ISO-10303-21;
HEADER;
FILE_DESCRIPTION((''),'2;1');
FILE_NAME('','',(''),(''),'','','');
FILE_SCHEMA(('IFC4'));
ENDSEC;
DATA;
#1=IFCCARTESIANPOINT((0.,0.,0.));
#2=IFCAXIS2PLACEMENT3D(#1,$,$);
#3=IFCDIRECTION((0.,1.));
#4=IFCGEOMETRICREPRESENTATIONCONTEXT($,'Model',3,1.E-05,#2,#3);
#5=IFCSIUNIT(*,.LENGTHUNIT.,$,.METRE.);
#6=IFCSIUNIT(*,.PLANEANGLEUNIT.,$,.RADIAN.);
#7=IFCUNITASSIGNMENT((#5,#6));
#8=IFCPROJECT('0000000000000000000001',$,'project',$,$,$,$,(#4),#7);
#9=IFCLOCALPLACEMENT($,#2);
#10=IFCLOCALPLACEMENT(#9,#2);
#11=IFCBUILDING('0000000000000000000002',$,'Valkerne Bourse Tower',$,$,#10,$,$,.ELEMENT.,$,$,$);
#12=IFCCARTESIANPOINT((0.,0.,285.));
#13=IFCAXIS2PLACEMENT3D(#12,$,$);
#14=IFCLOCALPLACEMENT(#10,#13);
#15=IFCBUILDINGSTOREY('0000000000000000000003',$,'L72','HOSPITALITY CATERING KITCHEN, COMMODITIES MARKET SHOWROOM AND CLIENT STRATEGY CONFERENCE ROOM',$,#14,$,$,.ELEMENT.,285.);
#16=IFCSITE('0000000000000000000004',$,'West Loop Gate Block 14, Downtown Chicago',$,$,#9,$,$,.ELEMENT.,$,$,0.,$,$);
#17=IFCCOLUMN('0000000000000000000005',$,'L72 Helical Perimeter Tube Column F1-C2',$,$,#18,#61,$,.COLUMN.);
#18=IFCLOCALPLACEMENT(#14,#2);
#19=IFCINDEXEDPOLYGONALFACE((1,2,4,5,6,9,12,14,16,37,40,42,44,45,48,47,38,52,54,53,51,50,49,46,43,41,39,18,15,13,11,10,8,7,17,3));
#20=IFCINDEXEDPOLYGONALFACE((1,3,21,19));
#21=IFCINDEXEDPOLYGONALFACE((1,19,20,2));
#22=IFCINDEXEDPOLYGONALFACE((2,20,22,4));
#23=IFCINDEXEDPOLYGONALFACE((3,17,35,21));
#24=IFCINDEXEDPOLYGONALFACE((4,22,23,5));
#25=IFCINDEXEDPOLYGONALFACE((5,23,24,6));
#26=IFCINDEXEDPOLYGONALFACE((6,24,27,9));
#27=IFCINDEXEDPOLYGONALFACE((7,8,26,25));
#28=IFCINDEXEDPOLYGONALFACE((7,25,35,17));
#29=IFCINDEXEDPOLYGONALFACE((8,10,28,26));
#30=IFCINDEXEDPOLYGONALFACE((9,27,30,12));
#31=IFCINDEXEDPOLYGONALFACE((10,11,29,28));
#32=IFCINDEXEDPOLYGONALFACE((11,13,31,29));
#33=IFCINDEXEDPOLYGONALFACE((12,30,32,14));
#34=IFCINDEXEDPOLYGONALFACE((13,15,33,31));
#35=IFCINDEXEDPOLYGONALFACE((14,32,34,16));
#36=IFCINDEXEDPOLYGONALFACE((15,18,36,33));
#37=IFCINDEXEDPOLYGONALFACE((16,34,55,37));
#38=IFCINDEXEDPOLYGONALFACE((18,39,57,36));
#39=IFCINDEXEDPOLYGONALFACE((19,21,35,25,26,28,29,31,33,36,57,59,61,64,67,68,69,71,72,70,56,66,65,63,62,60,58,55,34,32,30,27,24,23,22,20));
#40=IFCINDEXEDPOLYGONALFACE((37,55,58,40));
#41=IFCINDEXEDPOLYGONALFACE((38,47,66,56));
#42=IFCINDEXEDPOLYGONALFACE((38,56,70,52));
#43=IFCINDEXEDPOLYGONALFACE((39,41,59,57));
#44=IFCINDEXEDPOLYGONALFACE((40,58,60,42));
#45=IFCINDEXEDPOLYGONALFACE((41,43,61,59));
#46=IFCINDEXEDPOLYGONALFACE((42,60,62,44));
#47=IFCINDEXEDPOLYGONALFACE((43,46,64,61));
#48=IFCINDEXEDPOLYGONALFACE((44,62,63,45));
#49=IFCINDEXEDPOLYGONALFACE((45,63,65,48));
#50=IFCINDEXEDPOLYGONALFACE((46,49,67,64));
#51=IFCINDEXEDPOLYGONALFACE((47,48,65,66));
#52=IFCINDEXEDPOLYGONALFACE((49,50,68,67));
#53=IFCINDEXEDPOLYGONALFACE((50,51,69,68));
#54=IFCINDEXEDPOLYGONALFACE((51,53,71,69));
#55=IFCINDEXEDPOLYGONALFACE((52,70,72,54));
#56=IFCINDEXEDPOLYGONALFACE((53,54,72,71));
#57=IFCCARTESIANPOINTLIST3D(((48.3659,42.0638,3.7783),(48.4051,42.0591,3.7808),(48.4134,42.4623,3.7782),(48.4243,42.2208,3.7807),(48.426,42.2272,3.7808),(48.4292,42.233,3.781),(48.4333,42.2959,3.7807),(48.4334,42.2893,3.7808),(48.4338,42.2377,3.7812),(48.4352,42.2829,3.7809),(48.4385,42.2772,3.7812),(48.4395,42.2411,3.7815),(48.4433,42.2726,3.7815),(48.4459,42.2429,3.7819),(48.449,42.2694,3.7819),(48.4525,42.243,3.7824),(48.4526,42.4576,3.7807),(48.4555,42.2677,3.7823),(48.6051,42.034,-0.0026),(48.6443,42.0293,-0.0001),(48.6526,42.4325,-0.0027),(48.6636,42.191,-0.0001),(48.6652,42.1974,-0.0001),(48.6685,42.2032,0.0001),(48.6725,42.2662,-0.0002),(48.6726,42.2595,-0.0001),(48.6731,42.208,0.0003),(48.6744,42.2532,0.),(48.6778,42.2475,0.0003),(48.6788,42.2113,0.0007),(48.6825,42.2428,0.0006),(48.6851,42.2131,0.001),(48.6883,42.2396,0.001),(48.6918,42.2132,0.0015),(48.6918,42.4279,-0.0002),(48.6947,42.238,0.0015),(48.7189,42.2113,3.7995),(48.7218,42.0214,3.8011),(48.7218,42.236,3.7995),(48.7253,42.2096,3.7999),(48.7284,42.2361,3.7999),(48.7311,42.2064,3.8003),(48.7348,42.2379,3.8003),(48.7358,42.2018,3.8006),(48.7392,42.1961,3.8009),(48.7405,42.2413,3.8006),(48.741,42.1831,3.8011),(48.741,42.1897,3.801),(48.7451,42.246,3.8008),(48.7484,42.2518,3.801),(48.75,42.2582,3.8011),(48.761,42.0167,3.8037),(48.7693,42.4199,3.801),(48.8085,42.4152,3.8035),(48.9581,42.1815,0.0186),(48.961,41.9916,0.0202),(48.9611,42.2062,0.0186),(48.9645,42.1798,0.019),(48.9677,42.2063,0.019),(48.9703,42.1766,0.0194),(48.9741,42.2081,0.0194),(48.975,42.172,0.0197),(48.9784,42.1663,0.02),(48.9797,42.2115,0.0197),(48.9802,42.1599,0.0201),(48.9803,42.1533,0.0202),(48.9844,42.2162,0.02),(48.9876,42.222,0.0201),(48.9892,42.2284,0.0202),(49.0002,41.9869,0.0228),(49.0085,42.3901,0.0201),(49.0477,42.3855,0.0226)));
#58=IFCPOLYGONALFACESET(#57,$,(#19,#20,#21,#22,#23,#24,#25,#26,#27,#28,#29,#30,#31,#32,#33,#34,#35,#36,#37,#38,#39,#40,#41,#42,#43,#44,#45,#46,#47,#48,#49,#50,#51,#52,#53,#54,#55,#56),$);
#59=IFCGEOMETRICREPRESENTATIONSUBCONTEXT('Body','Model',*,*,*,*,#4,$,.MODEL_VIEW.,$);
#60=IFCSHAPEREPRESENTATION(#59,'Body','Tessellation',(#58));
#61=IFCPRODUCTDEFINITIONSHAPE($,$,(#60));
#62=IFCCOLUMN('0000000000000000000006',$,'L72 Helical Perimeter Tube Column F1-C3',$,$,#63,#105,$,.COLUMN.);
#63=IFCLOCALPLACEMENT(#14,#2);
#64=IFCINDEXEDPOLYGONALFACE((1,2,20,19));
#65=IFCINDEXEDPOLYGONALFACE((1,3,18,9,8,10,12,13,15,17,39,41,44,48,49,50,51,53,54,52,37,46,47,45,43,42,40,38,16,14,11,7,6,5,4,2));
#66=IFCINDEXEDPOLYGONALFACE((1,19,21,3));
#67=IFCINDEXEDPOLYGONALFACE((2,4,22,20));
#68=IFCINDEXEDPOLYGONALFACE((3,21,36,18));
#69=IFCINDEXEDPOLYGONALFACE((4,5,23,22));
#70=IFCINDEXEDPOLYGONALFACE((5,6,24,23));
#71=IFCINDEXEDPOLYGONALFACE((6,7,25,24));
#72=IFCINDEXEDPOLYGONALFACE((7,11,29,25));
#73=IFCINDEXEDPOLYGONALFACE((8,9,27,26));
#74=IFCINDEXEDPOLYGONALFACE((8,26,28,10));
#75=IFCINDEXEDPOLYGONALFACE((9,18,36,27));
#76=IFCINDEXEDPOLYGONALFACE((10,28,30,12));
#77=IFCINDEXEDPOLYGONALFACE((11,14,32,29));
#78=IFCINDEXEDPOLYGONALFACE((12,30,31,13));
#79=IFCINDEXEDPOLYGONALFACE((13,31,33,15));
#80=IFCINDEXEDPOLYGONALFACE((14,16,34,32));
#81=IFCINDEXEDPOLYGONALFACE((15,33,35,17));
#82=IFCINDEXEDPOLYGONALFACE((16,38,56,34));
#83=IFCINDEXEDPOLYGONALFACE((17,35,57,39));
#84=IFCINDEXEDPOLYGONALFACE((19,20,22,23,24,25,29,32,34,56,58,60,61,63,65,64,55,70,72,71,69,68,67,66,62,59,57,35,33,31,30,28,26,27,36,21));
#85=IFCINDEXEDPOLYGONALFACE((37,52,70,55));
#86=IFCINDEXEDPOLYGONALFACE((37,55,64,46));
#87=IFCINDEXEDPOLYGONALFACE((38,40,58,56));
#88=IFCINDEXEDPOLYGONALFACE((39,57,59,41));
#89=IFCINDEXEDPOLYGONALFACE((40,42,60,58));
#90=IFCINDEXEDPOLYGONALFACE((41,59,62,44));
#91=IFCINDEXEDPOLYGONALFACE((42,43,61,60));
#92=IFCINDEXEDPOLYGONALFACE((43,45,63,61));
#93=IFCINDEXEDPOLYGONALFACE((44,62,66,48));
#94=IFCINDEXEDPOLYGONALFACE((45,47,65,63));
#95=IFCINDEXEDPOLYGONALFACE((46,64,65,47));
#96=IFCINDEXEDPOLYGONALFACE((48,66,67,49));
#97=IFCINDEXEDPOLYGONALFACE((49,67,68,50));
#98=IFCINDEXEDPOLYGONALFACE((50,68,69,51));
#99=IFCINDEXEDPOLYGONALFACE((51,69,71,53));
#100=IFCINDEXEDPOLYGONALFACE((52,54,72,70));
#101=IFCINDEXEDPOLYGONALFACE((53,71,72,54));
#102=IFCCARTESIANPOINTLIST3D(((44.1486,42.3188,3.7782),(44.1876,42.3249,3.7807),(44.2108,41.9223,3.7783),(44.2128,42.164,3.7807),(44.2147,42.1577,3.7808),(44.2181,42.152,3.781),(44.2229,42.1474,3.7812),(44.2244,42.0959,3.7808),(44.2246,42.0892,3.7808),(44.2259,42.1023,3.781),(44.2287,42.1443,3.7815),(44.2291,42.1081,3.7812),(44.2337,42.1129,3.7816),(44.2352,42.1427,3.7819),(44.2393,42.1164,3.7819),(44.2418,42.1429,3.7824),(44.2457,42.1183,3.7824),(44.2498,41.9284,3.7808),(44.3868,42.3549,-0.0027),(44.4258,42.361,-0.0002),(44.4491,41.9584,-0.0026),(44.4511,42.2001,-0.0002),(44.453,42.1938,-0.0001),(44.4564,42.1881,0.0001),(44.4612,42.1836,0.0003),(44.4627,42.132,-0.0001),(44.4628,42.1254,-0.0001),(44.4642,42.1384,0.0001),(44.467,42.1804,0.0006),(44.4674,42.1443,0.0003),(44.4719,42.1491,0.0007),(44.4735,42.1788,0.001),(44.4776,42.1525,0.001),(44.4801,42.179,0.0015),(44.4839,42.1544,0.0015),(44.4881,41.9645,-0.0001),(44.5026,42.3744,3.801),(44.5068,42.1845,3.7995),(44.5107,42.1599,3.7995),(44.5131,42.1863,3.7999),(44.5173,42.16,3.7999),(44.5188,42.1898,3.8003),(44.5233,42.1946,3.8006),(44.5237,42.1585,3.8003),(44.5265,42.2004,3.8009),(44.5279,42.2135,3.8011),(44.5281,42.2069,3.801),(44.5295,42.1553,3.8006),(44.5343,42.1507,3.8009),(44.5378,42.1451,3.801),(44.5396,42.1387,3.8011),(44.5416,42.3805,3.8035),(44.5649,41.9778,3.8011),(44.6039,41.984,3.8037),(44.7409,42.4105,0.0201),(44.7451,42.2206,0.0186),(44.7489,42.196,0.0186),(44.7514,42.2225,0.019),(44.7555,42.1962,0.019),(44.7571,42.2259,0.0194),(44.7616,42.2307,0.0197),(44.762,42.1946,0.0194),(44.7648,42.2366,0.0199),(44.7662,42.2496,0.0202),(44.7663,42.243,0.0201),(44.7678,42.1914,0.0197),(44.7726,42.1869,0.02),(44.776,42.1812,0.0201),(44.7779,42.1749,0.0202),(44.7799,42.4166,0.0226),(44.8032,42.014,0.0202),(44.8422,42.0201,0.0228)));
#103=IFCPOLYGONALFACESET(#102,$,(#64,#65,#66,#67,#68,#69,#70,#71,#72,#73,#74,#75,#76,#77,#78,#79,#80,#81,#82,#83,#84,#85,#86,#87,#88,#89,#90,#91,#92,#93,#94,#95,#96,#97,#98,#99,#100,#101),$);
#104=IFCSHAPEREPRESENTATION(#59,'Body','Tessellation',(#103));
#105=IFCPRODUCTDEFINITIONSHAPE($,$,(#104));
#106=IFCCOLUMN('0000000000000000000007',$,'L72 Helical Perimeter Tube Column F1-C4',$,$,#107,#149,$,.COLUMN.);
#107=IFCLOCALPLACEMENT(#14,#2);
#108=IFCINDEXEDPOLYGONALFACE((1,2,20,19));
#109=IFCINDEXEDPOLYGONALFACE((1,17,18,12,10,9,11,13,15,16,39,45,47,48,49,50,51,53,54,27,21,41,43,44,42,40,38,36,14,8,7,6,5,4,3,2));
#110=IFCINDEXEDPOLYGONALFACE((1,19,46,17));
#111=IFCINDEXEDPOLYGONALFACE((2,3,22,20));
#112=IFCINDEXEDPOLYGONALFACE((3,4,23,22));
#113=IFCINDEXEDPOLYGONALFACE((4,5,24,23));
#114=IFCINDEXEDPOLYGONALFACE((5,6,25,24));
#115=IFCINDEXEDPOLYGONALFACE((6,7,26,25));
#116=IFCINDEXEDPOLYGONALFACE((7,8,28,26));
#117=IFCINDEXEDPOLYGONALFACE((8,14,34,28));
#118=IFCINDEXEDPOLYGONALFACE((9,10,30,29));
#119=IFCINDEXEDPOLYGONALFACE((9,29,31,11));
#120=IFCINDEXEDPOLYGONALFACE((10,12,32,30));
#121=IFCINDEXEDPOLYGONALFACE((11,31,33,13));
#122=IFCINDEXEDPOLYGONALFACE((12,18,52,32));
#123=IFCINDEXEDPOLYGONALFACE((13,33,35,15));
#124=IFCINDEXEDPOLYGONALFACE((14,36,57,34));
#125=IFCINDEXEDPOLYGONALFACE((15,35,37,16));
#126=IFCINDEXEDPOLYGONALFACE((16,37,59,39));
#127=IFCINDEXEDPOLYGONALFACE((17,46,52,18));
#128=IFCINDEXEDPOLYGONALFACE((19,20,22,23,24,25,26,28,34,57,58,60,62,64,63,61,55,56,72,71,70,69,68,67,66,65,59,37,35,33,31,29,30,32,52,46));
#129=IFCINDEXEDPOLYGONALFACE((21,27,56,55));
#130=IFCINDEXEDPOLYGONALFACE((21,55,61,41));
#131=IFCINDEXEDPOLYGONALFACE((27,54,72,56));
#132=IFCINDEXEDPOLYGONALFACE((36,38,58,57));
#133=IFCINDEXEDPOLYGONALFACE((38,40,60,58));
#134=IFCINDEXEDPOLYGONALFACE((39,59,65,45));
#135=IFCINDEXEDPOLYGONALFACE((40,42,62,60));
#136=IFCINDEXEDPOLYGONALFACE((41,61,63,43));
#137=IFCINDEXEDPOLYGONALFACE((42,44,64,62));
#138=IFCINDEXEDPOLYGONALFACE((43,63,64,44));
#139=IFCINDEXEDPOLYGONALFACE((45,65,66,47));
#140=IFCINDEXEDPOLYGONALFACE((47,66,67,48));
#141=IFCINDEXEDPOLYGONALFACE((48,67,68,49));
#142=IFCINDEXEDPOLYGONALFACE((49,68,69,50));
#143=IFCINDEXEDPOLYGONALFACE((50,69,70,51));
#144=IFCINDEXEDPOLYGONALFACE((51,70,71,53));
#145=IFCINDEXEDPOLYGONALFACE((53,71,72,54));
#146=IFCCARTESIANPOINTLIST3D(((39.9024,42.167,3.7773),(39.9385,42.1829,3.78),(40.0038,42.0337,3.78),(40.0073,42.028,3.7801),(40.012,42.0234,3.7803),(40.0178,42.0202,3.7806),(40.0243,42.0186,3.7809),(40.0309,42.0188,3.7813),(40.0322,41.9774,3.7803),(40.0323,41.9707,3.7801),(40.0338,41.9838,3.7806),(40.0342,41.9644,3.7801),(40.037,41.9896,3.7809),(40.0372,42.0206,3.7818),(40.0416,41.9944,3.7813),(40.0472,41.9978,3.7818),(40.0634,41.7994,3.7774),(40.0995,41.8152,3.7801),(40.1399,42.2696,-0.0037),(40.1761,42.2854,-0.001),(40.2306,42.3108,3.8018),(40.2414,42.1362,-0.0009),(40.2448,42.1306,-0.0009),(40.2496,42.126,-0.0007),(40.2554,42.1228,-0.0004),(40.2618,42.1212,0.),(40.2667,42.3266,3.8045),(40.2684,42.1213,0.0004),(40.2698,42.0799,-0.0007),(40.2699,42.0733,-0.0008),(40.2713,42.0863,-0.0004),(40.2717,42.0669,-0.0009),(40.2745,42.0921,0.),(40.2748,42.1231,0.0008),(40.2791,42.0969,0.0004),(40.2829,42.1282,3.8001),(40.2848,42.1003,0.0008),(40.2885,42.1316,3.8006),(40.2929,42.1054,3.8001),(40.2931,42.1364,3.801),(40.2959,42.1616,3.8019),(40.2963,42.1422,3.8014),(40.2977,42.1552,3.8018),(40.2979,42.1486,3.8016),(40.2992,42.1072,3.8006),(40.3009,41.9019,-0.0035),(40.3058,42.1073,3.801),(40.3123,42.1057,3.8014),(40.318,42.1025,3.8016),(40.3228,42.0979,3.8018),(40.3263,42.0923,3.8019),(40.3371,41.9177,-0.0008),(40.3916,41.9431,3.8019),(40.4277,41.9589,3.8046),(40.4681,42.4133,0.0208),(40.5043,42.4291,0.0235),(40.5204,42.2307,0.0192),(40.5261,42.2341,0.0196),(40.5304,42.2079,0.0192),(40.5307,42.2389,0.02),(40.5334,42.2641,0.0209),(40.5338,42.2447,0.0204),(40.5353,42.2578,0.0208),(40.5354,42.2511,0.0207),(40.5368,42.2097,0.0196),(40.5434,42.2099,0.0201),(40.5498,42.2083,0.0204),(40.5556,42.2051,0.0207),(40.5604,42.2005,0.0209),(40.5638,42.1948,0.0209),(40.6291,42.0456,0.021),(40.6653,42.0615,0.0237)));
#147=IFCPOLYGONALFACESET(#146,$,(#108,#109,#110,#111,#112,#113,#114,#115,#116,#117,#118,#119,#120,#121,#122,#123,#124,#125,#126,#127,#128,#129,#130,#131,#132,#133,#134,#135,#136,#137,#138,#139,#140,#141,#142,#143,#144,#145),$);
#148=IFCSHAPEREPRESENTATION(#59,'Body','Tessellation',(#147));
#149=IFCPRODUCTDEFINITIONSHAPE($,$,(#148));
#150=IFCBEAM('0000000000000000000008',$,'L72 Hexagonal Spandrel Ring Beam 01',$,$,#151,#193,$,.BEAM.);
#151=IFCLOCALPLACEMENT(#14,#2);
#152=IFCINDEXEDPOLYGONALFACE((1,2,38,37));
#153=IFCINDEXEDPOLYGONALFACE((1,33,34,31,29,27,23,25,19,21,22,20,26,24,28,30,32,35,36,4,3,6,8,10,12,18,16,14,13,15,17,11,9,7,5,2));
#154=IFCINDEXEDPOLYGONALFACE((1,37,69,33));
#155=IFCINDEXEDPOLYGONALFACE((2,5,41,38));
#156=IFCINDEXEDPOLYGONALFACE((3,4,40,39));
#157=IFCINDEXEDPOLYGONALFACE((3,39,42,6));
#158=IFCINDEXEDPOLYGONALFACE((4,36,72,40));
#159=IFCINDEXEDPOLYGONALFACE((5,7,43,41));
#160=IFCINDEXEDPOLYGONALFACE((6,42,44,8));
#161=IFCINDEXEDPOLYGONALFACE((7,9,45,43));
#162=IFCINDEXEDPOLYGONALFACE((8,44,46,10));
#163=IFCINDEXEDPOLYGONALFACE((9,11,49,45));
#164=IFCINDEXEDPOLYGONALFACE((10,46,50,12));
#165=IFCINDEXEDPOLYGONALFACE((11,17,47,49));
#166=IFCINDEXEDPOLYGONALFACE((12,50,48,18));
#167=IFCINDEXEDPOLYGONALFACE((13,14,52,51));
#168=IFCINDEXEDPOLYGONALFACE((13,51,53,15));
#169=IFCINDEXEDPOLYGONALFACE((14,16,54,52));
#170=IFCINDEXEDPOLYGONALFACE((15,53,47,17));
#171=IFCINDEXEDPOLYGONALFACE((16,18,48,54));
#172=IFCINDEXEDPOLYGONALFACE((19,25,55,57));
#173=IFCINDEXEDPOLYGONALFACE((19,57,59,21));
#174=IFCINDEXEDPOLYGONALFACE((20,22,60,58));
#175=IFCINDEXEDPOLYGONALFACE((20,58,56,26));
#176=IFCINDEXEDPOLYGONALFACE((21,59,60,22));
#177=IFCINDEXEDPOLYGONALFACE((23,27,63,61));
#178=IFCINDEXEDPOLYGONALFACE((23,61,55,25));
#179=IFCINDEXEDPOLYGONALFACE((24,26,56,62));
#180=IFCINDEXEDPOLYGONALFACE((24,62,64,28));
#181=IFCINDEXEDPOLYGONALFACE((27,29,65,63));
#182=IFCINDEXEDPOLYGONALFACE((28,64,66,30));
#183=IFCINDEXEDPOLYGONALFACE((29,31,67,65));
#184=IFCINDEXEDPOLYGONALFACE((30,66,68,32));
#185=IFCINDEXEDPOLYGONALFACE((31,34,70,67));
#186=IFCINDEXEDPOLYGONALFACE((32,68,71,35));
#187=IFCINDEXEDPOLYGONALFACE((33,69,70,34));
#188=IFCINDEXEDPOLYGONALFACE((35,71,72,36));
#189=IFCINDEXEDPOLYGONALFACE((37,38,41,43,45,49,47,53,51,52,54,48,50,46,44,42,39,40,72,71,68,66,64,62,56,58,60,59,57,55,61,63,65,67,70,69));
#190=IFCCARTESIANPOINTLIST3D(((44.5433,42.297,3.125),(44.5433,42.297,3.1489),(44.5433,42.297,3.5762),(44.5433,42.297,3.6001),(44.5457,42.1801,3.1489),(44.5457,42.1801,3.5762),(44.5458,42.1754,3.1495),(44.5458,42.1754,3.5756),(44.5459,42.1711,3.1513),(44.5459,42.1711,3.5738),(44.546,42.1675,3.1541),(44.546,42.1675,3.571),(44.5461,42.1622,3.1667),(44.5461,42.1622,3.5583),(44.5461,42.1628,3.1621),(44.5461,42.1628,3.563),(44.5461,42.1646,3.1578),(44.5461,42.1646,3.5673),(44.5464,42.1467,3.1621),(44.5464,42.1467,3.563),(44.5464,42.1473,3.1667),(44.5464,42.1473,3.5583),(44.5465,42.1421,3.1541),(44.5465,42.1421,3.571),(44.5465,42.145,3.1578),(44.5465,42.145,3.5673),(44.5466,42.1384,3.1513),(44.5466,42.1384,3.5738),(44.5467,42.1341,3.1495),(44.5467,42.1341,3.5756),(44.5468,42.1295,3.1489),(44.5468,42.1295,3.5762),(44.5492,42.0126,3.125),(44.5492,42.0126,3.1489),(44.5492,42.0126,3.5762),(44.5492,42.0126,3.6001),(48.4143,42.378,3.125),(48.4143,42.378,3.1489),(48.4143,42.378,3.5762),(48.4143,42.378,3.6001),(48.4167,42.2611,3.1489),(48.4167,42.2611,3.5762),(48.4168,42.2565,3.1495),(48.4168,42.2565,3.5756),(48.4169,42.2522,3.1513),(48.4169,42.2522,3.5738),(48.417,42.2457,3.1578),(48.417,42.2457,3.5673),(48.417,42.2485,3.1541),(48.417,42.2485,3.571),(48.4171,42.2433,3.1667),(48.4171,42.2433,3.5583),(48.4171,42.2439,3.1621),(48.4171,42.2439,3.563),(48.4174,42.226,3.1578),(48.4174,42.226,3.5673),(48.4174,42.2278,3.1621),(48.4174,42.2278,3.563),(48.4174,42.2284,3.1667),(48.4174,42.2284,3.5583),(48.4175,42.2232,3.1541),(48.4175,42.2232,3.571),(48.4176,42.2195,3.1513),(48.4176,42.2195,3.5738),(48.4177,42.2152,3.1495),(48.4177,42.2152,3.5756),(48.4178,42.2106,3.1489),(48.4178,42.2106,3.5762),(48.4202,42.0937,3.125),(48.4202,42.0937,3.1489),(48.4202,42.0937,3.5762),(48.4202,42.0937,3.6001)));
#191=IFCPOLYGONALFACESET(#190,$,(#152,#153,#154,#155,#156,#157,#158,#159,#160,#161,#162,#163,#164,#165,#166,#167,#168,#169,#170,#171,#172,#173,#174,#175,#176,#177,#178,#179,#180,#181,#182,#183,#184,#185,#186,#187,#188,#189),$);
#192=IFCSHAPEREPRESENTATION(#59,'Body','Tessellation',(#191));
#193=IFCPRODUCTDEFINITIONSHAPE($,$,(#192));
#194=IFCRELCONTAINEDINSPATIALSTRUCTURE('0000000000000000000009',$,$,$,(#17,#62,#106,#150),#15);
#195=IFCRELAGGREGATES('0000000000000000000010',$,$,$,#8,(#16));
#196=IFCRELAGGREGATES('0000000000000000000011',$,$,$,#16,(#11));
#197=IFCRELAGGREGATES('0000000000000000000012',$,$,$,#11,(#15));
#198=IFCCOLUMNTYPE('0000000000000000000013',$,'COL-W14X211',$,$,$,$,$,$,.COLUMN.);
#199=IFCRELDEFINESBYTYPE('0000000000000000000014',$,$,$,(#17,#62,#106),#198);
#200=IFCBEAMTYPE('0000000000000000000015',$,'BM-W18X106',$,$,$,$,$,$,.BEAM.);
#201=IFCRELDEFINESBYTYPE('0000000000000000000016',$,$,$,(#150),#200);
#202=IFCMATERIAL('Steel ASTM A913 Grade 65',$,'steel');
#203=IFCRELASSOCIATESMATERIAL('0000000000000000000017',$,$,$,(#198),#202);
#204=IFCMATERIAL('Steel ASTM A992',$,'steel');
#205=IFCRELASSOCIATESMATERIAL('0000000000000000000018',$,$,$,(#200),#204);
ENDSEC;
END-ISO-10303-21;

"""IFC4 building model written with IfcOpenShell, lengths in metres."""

from ifc_helpers import new_model, si_unit, direction, frame, origin, origin_2d, place, context, subcontext, project, spatial, i_section, extrude, material, material_profile, profile_set, type_object, element, save


model = new_model("IFC4")

# Units and contexts
model_context = context("Model", 3, precision=1e-05, world=origin(), true_north=direction((0.0, 1.0)))
body_context = subcontext(model_context, "Body", "Model", "MODEL_VIEW")
ifc_project = project(units=[si_unit("LENGTHUNIT", "METRE"), si_unit("PLANEANGLEUNIT", "RADIAN")], contexts=[model_context])

# Site, building, storey
site_placement = place(None, origin())
site = spatial("IfcSite", under=ifc_project, at=site_placement, Name="West Loop Gate Block 14, Downtown Chicago", CompositionType="ELEMENT", RefElevation=0.0)
building_placement = place(site_placement, origin())
building = spatial("IfcBuilding", under=site, at=building_placement, Name="Valkerne Bourse Tower", CompositionType="ELEMENT")
storey_placement = place(building_placement, frame((0.0, 0.0, 285.0)))
storey = spatial("IfcBuildingStorey", under=building, at=storey_placement, Name="L72", Description="HOSPITALITY CATERING KITCHEN, COMMODITIES MARKET SHOWROOM AND CLIENT STRATEGY CONFERENCE ROOM", CompositionType="ELEMENT", Elevation=285.0)

# Columns
ifc_material_1 = material(Name="Steel ASTM A913 Grade 65", Category="steel")
ifc_material_profile_1 = material_profile(ifc_material_1, i_section(OverallWidth=0.4014, OverallDepth=0.3987, WebThickness=0.0249, FlangeThickness=0.0396, FilletRadius=0.0254, at=origin_2d()), Name="W14X211")
ifc_profile_set_1 = profile_set([ifc_material_profile_1], Name="Steel ASTM A913 Grade 65")
column_type = type_object("IfcColumnType", Name="COL-W14X211", PredefinedType="COLUMN", material=ifc_profile_set_1)
for number, where, z_axis, x_axis, name in (
    (1, (48.8264, 42.2097, 0.01), (-0.063151, 0.007862, 0.997973), (0.118349, 0.992972, -0.000333), "L72 Helical Perimeter Tube Column F1-C2"),
    (2, (44.6145, 42.1875, 0.01), (-0.062893, -0.009537, 0.997975), (-0.15509, 0.9879, -0.000333), "L72 Helical Perimeter Tube Column F1-C3"),
):
    element("IfcColumn", number, at=place(storey_placement, frame(where, z_axis=z_axis, x_axis=x_axis)), inside=storey, type_object=column_type, Name=name, PredefinedType="COLUMN", context=body_context, shape_type="SweptSolid", body=[
        extrude(i_section(OverallWidth=0.4014, OverallDepth=0.3987, WebThickness=0.0249, FlangeThickness=0.0396, FilletRadius=0.0254, at=origin_2d()), origin(), (0.0, 0.0, 1.0), 3.7886),
    ])
column_placement = place(storey_placement, frame((40.4026, 42.1655, 0.01), z_axis=(-0.06268, -0.027056, 0.997667), x_axis=(-0.4011, 0.916034, -0.000357)))
element("IfcColumn", 3, at=column_placement, inside=storey, type_object=column_type, Name="L72 Helical Perimeter Tube Column F1-C4", PredefinedType="COLUMN", context=body_context, shape_type="SweptSolid", body=[
    extrude(i_section(OverallWidth=0.4014, OverallDepth=0.3987, WebThickness=0.0249, FlangeThickness=0.0396, FilletRadius=0.0254, at=origin_2d()), origin(), (0.0, 0.0, 1.0), 3.7898),
])

# Beam
ifc_material_2 = material(Name="Steel ASTM A992", Category="steel")
ifc_material_profile_2 = material_profile(ifc_material_2, i_section(OverallWidth=0.2844, OverallDepth=0.4751, WebThickness=0.0149, FlangeThickness=0.0239, FilletRadius=0.0178, at=origin_2d()), Name="W18X106")
ifc_profile_set_2 = profile_set([ifc_material_profile_2], Name="Steel ASTM A992")
beam_type_1 = type_object("IfcBeamType", Name="BM-W18X106", PredefinedType="BEAM", material=ifc_profile_set_2)
for number, where, z_axis, x_axis, name in (
    (4, (48.4172, 42.2358, 3.3625), (-0.999781, -0.020934, 0.0), (0.020934, -0.999781, 0.0), "L72 Hexagonal Spandrel Ring Beam 01"),
):
    element("IfcBeam", number, at=place(storey_placement, frame(where, z_axis=z_axis, x_axis=x_axis)), inside=storey, type_object=beam_type_1, Name=name, PredefinedType="BEAM", context=body_context, shape_type="SweptSolid", body=[
        extrude(i_section(OverallWidth=0.2844, OverallDepth=0.4751, WebThickness=0.0149, FlangeThickness=0.0239, FilletRadius=0.0178, at=origin_2d()), origin(), (0.0, 0.0, 1.0), 3.8718),
    ])

save(model, "model.ifc")
